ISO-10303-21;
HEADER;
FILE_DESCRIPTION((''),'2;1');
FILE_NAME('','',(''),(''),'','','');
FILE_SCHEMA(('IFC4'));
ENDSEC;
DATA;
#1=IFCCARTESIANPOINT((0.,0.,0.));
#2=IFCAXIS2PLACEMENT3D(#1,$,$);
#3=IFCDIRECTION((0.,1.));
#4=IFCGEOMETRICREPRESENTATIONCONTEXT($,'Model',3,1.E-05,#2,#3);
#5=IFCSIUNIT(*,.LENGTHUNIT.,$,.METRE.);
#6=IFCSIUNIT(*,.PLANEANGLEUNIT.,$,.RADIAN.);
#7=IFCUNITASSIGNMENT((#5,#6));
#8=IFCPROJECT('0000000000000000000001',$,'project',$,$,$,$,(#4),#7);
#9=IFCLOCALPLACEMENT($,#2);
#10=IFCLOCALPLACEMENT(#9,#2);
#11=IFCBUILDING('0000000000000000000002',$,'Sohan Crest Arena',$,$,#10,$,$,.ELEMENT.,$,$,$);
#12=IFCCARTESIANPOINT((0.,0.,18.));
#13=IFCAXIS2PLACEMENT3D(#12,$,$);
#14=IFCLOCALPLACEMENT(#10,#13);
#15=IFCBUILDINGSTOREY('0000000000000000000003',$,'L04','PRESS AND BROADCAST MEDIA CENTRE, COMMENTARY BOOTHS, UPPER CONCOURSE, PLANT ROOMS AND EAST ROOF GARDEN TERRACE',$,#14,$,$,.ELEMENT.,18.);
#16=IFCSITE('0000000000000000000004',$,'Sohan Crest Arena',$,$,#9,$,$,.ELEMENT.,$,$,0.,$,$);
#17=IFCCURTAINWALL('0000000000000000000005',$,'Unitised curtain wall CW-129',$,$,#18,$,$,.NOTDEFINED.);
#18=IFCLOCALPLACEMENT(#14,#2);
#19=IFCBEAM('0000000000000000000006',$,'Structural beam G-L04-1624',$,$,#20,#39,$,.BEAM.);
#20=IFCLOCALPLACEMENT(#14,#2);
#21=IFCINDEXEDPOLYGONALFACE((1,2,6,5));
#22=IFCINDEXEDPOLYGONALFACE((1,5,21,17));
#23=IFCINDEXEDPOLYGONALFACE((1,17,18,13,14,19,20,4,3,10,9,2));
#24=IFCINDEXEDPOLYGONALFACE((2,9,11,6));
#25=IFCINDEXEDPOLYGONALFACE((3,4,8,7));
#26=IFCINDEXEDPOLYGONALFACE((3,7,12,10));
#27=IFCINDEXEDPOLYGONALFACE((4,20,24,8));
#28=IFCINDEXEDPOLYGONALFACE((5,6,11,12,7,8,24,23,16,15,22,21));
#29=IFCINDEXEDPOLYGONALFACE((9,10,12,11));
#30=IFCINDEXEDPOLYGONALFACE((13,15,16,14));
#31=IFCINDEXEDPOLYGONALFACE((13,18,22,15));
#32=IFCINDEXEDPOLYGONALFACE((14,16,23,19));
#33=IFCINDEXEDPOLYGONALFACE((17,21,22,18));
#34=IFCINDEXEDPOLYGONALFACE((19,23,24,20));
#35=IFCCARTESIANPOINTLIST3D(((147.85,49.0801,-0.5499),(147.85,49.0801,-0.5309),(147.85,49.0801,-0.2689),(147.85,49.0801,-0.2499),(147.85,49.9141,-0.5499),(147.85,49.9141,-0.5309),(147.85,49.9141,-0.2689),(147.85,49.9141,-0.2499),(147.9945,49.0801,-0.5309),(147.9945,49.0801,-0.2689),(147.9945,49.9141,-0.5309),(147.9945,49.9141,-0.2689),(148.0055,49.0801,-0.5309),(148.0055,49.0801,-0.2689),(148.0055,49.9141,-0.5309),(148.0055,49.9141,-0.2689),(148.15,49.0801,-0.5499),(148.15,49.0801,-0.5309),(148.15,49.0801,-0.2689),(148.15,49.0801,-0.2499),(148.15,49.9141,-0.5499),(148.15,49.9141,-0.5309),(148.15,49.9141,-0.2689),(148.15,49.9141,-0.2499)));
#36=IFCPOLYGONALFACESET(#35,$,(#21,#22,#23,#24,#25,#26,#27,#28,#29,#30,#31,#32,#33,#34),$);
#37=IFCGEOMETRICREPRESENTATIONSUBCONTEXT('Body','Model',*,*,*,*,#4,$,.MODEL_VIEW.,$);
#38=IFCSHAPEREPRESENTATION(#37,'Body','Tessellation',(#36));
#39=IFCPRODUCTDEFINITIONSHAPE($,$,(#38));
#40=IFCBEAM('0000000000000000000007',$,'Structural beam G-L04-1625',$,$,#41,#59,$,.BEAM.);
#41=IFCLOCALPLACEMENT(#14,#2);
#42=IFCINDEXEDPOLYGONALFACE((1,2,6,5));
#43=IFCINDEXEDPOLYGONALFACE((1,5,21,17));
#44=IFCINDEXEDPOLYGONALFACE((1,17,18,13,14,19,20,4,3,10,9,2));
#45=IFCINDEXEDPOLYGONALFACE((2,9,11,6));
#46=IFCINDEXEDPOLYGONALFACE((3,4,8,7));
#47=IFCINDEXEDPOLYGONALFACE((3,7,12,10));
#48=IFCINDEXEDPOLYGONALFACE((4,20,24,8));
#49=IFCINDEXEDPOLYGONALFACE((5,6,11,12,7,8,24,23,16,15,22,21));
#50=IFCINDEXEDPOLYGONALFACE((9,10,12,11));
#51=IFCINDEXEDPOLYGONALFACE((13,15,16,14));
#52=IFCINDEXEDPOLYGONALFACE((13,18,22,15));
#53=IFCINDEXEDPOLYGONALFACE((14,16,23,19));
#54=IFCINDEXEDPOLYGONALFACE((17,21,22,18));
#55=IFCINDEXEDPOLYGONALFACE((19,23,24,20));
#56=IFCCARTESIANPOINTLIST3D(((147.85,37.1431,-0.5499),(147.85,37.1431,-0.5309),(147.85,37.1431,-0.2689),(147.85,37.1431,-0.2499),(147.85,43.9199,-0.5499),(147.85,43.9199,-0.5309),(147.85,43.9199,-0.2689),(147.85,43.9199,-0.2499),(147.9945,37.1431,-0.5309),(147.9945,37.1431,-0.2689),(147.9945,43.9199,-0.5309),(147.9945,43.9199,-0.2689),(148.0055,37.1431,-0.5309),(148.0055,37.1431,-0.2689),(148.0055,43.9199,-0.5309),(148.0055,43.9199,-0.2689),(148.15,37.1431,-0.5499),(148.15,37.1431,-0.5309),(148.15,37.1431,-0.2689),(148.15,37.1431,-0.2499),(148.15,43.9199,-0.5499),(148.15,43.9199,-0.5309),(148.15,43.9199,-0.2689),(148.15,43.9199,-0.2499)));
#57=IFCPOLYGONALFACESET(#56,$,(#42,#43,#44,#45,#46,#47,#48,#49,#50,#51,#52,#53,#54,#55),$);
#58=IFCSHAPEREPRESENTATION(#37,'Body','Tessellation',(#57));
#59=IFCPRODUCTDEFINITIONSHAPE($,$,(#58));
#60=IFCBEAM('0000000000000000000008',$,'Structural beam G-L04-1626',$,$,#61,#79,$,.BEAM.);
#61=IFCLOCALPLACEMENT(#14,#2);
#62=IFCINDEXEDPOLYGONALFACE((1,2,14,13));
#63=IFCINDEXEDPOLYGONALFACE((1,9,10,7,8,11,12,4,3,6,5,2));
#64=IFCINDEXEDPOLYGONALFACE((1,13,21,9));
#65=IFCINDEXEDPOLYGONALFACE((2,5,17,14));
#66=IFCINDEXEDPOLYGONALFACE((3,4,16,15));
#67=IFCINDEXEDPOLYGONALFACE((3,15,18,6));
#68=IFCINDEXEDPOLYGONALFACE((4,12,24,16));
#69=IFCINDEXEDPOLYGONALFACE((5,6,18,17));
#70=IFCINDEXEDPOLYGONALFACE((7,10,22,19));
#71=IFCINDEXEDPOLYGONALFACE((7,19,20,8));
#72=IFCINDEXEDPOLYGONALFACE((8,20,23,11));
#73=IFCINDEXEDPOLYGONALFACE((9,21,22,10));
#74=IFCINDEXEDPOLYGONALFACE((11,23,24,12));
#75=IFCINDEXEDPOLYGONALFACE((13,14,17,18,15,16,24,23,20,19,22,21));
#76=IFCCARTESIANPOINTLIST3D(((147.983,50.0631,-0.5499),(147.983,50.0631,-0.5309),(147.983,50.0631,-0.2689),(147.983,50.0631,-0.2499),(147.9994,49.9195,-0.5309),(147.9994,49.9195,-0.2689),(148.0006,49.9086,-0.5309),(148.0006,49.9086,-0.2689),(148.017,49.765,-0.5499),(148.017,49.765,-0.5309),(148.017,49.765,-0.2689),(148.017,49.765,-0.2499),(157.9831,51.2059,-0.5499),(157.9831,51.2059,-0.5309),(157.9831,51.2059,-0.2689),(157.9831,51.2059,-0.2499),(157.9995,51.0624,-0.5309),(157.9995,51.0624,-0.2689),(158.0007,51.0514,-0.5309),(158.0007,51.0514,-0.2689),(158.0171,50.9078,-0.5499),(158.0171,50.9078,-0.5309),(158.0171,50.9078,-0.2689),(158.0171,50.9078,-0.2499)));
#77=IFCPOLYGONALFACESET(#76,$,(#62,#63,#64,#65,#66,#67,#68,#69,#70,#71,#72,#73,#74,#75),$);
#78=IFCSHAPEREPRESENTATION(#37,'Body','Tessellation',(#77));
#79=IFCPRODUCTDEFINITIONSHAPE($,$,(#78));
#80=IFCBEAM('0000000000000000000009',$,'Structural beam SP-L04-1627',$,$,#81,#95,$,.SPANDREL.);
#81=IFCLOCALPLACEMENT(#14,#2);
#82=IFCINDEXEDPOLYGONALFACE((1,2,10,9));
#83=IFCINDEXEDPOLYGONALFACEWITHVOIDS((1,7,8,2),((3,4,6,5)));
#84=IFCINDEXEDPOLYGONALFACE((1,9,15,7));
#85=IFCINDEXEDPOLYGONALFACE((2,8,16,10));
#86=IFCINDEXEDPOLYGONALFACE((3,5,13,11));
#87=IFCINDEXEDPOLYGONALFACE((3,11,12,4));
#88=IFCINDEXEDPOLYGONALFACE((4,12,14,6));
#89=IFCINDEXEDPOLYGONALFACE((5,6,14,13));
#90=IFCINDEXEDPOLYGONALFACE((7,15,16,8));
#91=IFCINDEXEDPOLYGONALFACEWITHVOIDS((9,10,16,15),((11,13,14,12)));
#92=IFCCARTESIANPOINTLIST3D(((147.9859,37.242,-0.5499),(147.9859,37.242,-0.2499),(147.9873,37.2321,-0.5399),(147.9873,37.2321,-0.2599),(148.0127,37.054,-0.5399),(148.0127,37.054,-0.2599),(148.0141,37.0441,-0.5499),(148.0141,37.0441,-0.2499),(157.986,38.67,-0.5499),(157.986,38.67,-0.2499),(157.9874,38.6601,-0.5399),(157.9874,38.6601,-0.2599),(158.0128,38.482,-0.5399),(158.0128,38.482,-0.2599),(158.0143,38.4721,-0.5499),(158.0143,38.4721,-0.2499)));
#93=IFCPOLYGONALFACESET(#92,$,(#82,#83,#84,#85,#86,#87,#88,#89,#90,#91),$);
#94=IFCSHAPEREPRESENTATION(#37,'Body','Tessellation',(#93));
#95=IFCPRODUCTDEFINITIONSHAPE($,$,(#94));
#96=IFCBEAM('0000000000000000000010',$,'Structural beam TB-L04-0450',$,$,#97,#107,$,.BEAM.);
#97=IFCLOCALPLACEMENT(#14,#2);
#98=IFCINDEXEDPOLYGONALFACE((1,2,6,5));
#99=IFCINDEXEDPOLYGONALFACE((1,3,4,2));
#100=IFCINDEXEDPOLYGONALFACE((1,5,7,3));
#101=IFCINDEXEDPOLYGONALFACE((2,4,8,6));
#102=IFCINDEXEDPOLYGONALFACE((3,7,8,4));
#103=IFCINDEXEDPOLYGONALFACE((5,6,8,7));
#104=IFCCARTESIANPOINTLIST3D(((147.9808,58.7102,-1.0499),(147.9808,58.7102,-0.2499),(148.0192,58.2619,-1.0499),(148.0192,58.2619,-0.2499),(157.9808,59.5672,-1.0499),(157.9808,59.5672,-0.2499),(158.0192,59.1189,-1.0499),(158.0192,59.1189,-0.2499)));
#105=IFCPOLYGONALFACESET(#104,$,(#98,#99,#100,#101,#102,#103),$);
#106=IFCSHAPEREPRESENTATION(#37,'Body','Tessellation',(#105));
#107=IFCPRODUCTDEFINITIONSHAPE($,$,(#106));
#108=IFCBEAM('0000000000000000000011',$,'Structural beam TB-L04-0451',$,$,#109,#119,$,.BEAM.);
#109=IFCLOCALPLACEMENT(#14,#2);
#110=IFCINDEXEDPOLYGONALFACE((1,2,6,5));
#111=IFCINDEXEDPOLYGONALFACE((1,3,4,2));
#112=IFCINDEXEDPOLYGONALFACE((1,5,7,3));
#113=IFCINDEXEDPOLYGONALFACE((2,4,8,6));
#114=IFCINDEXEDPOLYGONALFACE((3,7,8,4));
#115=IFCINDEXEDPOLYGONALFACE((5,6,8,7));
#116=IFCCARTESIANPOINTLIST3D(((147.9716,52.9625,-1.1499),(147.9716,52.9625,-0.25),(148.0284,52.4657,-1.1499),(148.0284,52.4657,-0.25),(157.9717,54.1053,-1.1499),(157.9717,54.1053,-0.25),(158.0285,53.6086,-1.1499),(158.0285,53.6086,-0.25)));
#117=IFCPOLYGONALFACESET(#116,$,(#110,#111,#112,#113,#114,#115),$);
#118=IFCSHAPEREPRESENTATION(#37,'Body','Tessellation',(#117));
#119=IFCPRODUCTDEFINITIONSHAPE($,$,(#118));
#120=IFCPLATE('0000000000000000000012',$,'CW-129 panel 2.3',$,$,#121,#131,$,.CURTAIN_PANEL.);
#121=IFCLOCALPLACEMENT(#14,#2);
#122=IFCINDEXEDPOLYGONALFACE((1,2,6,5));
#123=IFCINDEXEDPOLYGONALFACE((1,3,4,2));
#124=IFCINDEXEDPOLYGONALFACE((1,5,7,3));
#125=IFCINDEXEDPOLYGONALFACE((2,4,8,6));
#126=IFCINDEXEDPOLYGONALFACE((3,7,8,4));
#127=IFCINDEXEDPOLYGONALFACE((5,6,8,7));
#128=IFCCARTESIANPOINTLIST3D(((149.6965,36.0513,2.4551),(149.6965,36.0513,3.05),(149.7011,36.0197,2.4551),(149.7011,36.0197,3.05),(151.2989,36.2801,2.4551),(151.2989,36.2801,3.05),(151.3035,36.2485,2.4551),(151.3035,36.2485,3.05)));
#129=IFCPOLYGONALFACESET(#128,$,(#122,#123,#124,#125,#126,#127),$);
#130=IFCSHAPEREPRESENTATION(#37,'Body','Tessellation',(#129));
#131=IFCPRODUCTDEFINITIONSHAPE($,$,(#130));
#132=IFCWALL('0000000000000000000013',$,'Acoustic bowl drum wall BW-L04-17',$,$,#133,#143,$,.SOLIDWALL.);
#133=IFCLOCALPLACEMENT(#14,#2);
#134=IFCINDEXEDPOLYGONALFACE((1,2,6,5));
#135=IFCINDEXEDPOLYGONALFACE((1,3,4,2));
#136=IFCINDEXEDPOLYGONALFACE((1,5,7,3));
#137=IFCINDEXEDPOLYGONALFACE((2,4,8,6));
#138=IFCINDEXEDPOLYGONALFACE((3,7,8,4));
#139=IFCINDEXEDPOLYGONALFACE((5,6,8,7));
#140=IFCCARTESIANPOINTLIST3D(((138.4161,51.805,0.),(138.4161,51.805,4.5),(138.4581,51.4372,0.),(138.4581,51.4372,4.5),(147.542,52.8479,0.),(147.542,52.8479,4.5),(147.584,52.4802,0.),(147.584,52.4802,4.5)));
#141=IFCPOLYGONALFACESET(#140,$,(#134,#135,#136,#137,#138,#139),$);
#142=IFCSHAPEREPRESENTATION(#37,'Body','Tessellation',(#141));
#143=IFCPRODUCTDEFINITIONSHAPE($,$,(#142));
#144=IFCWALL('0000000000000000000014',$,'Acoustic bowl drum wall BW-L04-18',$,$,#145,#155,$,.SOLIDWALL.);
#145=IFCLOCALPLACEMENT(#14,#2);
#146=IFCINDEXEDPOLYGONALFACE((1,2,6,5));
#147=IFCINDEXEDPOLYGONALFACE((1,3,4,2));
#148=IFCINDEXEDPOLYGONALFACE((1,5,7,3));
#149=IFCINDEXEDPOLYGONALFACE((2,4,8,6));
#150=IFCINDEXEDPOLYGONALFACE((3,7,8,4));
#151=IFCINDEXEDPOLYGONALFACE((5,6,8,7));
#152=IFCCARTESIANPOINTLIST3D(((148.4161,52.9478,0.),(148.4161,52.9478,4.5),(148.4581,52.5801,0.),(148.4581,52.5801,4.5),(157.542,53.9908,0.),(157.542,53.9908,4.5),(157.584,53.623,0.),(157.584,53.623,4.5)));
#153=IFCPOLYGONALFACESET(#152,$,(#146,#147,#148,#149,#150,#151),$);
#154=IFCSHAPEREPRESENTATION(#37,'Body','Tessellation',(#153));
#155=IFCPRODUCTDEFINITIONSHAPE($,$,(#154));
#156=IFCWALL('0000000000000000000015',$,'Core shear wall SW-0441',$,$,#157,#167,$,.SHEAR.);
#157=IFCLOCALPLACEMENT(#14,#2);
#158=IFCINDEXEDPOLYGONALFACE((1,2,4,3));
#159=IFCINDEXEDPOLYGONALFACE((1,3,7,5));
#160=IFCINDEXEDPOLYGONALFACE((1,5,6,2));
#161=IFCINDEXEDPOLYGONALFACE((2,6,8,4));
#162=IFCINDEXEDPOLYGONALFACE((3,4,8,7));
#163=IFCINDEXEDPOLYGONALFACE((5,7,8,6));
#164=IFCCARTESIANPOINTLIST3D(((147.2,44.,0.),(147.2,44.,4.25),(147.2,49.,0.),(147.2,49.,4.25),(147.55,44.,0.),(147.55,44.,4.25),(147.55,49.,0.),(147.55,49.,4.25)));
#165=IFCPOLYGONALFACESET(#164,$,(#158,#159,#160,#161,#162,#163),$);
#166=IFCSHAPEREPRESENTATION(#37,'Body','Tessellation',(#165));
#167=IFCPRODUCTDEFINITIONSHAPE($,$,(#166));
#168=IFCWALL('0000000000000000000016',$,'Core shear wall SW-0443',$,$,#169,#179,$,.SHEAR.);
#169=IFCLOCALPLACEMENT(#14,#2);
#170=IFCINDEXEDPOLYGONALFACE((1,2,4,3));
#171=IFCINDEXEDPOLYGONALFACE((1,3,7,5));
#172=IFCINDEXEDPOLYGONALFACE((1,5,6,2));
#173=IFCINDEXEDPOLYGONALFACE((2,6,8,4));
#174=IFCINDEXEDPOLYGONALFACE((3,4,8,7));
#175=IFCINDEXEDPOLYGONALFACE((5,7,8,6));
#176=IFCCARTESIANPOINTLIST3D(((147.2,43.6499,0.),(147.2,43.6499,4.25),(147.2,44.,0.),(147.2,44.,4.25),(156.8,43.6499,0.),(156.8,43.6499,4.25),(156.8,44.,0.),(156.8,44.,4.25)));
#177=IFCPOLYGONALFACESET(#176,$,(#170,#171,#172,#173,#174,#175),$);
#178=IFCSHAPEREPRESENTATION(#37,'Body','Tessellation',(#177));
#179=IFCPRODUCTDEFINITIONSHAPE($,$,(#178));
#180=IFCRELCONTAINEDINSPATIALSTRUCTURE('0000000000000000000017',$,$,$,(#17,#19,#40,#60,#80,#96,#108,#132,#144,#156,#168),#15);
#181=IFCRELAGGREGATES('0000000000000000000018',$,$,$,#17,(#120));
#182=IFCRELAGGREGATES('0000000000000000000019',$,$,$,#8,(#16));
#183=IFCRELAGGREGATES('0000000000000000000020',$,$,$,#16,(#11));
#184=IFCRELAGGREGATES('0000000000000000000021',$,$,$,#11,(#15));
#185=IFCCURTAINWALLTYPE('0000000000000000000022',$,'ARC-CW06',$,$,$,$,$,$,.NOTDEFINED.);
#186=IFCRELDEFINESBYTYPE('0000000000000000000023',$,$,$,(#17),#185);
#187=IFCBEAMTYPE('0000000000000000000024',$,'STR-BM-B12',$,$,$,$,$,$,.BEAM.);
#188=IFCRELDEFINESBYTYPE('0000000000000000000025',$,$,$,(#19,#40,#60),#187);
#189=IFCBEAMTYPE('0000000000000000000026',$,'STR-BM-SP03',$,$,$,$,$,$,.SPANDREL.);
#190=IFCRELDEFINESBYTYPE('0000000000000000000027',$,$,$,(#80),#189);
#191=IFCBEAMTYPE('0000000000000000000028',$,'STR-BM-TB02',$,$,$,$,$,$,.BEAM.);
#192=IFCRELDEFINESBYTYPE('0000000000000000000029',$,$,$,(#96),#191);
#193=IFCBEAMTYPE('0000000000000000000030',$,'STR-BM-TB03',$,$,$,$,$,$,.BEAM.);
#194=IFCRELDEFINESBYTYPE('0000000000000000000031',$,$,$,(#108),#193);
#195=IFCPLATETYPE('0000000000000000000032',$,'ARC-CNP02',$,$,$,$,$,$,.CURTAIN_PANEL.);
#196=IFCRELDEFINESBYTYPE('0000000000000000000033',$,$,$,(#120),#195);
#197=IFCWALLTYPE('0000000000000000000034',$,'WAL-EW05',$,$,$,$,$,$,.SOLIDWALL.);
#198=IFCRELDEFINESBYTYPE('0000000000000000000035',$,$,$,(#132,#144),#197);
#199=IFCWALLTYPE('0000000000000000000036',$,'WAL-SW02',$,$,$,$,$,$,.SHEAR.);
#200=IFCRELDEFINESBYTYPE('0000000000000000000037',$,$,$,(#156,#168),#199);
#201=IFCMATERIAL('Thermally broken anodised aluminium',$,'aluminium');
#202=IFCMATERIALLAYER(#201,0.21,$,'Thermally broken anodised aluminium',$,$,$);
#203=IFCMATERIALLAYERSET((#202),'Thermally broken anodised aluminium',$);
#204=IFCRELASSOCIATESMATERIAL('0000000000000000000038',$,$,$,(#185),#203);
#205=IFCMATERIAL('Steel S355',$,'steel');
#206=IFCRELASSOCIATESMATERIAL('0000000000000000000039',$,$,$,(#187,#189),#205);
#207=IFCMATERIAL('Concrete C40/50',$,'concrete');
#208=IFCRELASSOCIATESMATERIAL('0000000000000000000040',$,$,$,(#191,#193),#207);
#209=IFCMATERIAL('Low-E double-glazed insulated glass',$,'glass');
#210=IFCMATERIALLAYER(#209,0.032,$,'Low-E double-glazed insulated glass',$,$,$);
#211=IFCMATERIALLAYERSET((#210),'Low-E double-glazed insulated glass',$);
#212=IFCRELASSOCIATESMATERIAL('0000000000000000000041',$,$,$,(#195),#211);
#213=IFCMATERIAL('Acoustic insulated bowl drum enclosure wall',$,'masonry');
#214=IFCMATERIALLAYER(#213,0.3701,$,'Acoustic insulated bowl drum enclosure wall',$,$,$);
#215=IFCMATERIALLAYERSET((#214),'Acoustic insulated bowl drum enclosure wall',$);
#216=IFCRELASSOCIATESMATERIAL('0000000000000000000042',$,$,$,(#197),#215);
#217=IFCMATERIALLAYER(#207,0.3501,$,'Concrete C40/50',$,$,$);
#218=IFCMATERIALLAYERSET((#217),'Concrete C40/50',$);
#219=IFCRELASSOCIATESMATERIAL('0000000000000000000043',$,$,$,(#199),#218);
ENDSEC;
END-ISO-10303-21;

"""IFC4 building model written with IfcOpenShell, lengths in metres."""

from ifc_helpers import new_model, si_unit, direction, frame, frame_2d, origin, origin_2d, place, context, subcontext, project, spatial, rectangle, hollow_rectangle, i_section, extrude, material, layer, layer_set, material_profile, profile_set, type_object, element, aggregate, save


model = new_model("IFC4")

# Units and contexts
model_context = context("Model", 3, precision=1e-05, world=origin(), true_north=direction((0.0, 1.0)))
body_context = subcontext(model_context, "Body", "Model", "MODEL_VIEW")
ifc_project = project(units=[si_unit("LENGTHUNIT", "METRE"), si_unit("PLANEANGLEUNIT", "RADIAN")], contexts=[model_context])

# Site, building, storey
site_placement = place(None, origin())
site = spatial("IfcSite", under=ifc_project, at=site_placement, Name="Sohan Crest Arena", CompositionType="ELEMENT", RefElevation=0.0)
building_placement = place(site_placement, origin())
building = spatial("IfcBuilding", under=site, at=building_placement, Name="Sohan Crest Arena", CompositionType="ELEMENT")
storey_placement = place(building_placement, frame((0.0, 0.0, 18.0)))
storey = spatial("IfcBuildingStorey", under=building, at=storey_placement, Name="L04", Description="PRESS AND BROADCAST MEDIA CENTRE, COMMENTARY BOOTHS, UPPER CONCOURSE, PLANT ROOMS AND EAST ROOF GARDEN TERRACE", CompositionType="ELEMENT", Elevation=18.0)

# Shared definitions
ifc_material_1 = material(Name="Concrete C40/50", Category="concrete")
ifc_material_2 = material(Name="Steel S355", Category="steel")

# Curtain wall
ifc_material_3 = material(Name="Thermally broken anodised aluminium", Category="aluminium")
ifc_layer_1 = layer(ifc_material_3, 0.21, Name="Thermally broken anodised aluminium")
ifc_layer_set_1 = layer_set([ifc_layer_1], Name="Thermally broken anodised aluminium")
curtain_wall_type = type_object("IfcCurtainWallType", Name="ARC-CW06", PredefinedType="NOTDEFINED", material=ifc_layer_set_1)
curtain_wall_placement = place(storey_placement, origin())
curtain_wall = element("IfcCurtainWall", 1, at=curtain_wall_placement, inside=storey, type_object=curtain_wall_type, Name="Unitised curtain wall CW-129", PredefinedType="NOTDEFINED")

# Beams
ifc_material_profile_1 = material_profile(ifc_material_2, i_section(OverallWidth=0.3, OverallDepth=0.3, WebThickness=0.011, FlangeThickness=0.019, at=origin_2d()), Name="HEB 300")
ifc_profile_set_1 = profile_set([ifc_material_profile_1], Name="Steel S355")
beam_type_1 = type_object("IfcBeamType", Name="STR-BM-B12", PredefinedType="BEAM", material=ifc_profile_set_1)
beam_1_placement = place(storey_placement, frame((148.0, 49.9141, -0.3999), z_axis=(0.0, -1.0, 0.0), x_axis=(1.0, 0.0, 0.0)))
element("IfcBeam", 2, at=beam_1_placement, inside=storey, type_object=beam_type_1, Name="Structural beam G-L04-1624", PredefinedType="BEAM", context=body_context, shape_type="SweptSolid", body=[
    extrude(i_section(OverallWidth=0.3, OverallDepth=0.3, WebThickness=0.011, FlangeThickness=0.019, at=origin_2d()), origin(), (0.0, 0.0, 1.0), 0.834),
])
beam_2_placement = place(storey_placement, frame((148.0, 43.9199, -0.3999), z_axis=(0.0, -1.0, 0.0), x_axis=(1.0, 0.0, 0.0)))
element("IfcBeam", 3, at=beam_2_placement, inside=storey, type_object=beam_type_1, Name="Structural beam G-L04-1625", PredefinedType="BEAM", context=body_context, shape_type="SweptSolid", body=[
    extrude(i_section(OverallWidth=0.3, OverallDepth=0.3, WebThickness=0.011, FlangeThickness=0.019, at=origin_2d()), origin(), (0.0, 0.0, 1.0), 6.7769),
])
beam_3_placement = place(storey_placement, frame((148.0, 49.9141, -0.3999), z_axis=(0.993533, 0.113543, 0.0), x_axis=(-0.113543, 0.993533, 0.0)))
element("IfcBeam", 4, at=beam_3_placement, inside=storey, type_object=beam_type_1, Name="Structural beam G-L04-1626", PredefinedType="BEAM", context=body_context, shape_type="SweptSolid", body=[
    extrude(i_section(OverallWidth=0.3, OverallDepth=0.3, WebThickness=0.011, FlangeThickness=0.019, at=origin_2d()), origin(), (0.0, 0.0, 1.0), 10.0652),
])
ifc_material_profile_2 = material_profile(ifc_material_2, hollow_rectangle(XDim=0.2, YDim=0.3, WallThickness=0.01, at=origin_2d()), Name="RHS 300x200x10")
ifc_profile_set_2 = profile_set([ifc_material_profile_2], Name="Steel S355")
beam_type_2 = type_object("IfcBeamType", Name="STR-BM-SP03", PredefinedType="SPANDREL", material=ifc_profile_set_2)
beam_4_placement = place(storey_placement, frame((148.0, 37.1431, -0.3999), z_axis=(0.989958, 0.141364, 0.0), x_axis=(-0.141364, 0.989958, 0.0)))
element("IfcBeam", 5, at=beam_4_placement, inside=storey, type_object=beam_type_2, Name="Structural beam SP-L04-1627", PredefinedType="SPANDREL", context=body_context, shape_type="SweptSolid", body=[
    extrude(hollow_rectangle(XDim=0.2, YDim=0.3, WallThickness=0.01, at=origin_2d()), origin(), (0.0, 0.0, 1.0), 10.1016),
])
ifc_material_profile_3 = material_profile(ifc_material_1, rectangle(XDim=0.45, YDim=0.8, at=origin_2d()), Name="RC-BM 450x800")
ifc_profile_set_3 = profile_set([ifc_material_profile_3], Name="Concrete C40/50")
beam_type_3 = type_object("IfcBeamType", Name="STR-BM-TB02", PredefinedType="BEAM", material=ifc_profile_set_3)
beam_5_placement = place(storey_placement, frame((148.0, 58.4861, -0.6499), z_axis=(0.996348, 0.08538, 0.0), x_axis=(-0.08538, 0.996348, 0.0)))
element("IfcBeam", 6, at=beam_5_placement, inside=storey, type_object=beam_type_3, Name="Structural beam TB-L04-0450", PredefinedType="BEAM", context=body_context, shape_type="SweptSolid", body=[
    extrude(rectangle(XDim=0.45, YDim=0.8, at=origin_2d()), origin(), (0.0, 0.0, 1.0), 10.0366),
])
ifc_material_profile_4 = material_profile(ifc_material_1, rectangle(XDim=0.5, YDim=0.8999, at=origin_2d()), Name="RC-BM 500x900")
ifc_profile_set_4 = profile_set([ifc_material_profile_4], Name="Concrete C40/50")
beam_type_4 = type_object("IfcBeamType", Name="STR-BM-TB03", PredefinedType="BEAM", material=ifc_profile_set_4)
beam_6_placement = place(storey_placement, frame((148.0, 52.7141, -0.7), z_axis=(0.993533, 0.113543, 0.0), x_axis=(-0.113543, 0.993533, 0.0)))
element("IfcBeam", 7, at=beam_6_placement, inside=storey, type_object=beam_type_4, Name="Structural beam TB-L04-0451", PredefinedType="BEAM", context=body_context, shape_type="SweptSolid", body=[
    extrude(rectangle(XDim=0.5, YDim=0.8999, at=origin_2d()), origin(), (0.0, 0.0, 1.0), 10.0652),
])

# Plate
ifc_material_4 = material(Name="Low-E double-glazed insulated glass", Category="glass")
ifc_layer_2 = layer(ifc_material_4, 0.032, Name="Low-E double-glazed insulated glass")
ifc_layer_set_2 = layer_set([ifc_layer_2], Name="Low-E double-glazed insulated glass")
plate_type = type_object("IfcPlateType", Name="ARC-CNP02", PredefinedType="CURTAIN_PANEL", material=ifc_layer_set_2)
plate_placement = place(storey_placement, frame((150.5, 36.1499, 2.4551), z_axis=(0.0, 0.0, 1.0), x_axis=(0.989957, 0.141366, 0.0)))
plate = element("IfcPlate", 8, at=plate_placement, type_object=plate_type, Name="CW-129 panel 2.3", PredefinedType="CURTAIN_PANEL", context=body_context, shape_type="SweptSolid", body=[
    extrude(rectangle(XDim=1.6187, YDim=0.032, at=origin_2d()), origin(), (0.0, 0.0, 1.0), 0.595),
])
aggregate(curtain_wall, [plate])

# Walls
ifc_material_5 = material(Name="Acoustic insulated bowl drum enclosure wall", Category="masonry")
ifc_layer_3 = layer(ifc_material_5, 0.3701, Name="Acoustic insulated bowl drum enclosure wall")
ifc_layer_set_3 = layer_set([ifc_layer_3], Name="Acoustic insulated bowl drum enclosure wall")
wall_type_1 = type_object("IfcWallType", Name="WAL-EW05", PredefinedType="SOLIDWALL", material=ifc_layer_set_3)
for number, where, z_axis, x_axis, name in (
    (9, (138.437, 51.6211, 0.0), (0.0, 0.0, 1.0), (0.993533, 0.113547, 0.0), "Acoustic bowl drum wall BW-L04-17"),
    (10, (148.437, 52.7639, 0.0), (0.0, 0.0, 1.0), (0.993533, 0.113547, 0.0), "Acoustic bowl drum wall BW-L04-18"),
):
    element("IfcWall", number, at=place(storey_placement, frame(where, z_axis=z_axis, x_axis=x_axis)), inside=storey, type_object=wall_type_1, Name=name, PredefinedType="SOLIDWALL", context=body_context, shape_type="SweptSolid", body=[
        extrude(rectangle(XDim=9.1853, YDim=0.3701, at=frame_2d((4.5928, 0.0))), origin(), (0.0, 0.0, 1.0), 4.5),
    ])
ifc_layer_4 = layer(ifc_material_1, 0.3501, Name="Concrete C40/50")
ifc_layer_set_4 = layer_set([ifc_layer_4], Name="Concrete C40/50")
wall_type_2 = type_object("IfcWallType", Name="WAL-SW02", PredefinedType="SHEAR", material=ifc_layer_set_4)
wall_1_placement = place(storey_placement, frame((147.375, 44.0, 0.0), z_axis=(0.0, 0.0, 1.0), x_axis=(0.0, 1.0, 0.0)))
element("IfcWall", 11, at=wall_1_placement, inside=storey, type_object=wall_type_2, Name="Core shear wall SW-0441", PredefinedType="SHEAR", context=body_context, shape_type="SweptSolid", body=[
    extrude(rectangle(XDim=5.0, YDim=0.3501, at=frame_2d((2.5, 0.0))), origin(), (0.0, 0.0, 1.0), 4.25),
])
wall_2_placement = place(storey_placement, frame((147.2, 43.825, 0.0), z_axis=(0.0, 0.0, 1.0), x_axis=(1.0, 0.0, 0.0)))
element("IfcWall", 12, at=wall_2_placement, inside=storey, type_object=wall_type_2, Name="Core shear wall SW-0443", PredefinedType="SHEAR", context=body_context, shape_type="SweptSolid", body=[
    extrude(rectangle(XDim=9.6001, YDim=0.3501, at=frame_2d((4.8, 0.0))), origin(), (0.0, 0.0, 1.0), 4.25),
])

save(model, "model.ifc")
